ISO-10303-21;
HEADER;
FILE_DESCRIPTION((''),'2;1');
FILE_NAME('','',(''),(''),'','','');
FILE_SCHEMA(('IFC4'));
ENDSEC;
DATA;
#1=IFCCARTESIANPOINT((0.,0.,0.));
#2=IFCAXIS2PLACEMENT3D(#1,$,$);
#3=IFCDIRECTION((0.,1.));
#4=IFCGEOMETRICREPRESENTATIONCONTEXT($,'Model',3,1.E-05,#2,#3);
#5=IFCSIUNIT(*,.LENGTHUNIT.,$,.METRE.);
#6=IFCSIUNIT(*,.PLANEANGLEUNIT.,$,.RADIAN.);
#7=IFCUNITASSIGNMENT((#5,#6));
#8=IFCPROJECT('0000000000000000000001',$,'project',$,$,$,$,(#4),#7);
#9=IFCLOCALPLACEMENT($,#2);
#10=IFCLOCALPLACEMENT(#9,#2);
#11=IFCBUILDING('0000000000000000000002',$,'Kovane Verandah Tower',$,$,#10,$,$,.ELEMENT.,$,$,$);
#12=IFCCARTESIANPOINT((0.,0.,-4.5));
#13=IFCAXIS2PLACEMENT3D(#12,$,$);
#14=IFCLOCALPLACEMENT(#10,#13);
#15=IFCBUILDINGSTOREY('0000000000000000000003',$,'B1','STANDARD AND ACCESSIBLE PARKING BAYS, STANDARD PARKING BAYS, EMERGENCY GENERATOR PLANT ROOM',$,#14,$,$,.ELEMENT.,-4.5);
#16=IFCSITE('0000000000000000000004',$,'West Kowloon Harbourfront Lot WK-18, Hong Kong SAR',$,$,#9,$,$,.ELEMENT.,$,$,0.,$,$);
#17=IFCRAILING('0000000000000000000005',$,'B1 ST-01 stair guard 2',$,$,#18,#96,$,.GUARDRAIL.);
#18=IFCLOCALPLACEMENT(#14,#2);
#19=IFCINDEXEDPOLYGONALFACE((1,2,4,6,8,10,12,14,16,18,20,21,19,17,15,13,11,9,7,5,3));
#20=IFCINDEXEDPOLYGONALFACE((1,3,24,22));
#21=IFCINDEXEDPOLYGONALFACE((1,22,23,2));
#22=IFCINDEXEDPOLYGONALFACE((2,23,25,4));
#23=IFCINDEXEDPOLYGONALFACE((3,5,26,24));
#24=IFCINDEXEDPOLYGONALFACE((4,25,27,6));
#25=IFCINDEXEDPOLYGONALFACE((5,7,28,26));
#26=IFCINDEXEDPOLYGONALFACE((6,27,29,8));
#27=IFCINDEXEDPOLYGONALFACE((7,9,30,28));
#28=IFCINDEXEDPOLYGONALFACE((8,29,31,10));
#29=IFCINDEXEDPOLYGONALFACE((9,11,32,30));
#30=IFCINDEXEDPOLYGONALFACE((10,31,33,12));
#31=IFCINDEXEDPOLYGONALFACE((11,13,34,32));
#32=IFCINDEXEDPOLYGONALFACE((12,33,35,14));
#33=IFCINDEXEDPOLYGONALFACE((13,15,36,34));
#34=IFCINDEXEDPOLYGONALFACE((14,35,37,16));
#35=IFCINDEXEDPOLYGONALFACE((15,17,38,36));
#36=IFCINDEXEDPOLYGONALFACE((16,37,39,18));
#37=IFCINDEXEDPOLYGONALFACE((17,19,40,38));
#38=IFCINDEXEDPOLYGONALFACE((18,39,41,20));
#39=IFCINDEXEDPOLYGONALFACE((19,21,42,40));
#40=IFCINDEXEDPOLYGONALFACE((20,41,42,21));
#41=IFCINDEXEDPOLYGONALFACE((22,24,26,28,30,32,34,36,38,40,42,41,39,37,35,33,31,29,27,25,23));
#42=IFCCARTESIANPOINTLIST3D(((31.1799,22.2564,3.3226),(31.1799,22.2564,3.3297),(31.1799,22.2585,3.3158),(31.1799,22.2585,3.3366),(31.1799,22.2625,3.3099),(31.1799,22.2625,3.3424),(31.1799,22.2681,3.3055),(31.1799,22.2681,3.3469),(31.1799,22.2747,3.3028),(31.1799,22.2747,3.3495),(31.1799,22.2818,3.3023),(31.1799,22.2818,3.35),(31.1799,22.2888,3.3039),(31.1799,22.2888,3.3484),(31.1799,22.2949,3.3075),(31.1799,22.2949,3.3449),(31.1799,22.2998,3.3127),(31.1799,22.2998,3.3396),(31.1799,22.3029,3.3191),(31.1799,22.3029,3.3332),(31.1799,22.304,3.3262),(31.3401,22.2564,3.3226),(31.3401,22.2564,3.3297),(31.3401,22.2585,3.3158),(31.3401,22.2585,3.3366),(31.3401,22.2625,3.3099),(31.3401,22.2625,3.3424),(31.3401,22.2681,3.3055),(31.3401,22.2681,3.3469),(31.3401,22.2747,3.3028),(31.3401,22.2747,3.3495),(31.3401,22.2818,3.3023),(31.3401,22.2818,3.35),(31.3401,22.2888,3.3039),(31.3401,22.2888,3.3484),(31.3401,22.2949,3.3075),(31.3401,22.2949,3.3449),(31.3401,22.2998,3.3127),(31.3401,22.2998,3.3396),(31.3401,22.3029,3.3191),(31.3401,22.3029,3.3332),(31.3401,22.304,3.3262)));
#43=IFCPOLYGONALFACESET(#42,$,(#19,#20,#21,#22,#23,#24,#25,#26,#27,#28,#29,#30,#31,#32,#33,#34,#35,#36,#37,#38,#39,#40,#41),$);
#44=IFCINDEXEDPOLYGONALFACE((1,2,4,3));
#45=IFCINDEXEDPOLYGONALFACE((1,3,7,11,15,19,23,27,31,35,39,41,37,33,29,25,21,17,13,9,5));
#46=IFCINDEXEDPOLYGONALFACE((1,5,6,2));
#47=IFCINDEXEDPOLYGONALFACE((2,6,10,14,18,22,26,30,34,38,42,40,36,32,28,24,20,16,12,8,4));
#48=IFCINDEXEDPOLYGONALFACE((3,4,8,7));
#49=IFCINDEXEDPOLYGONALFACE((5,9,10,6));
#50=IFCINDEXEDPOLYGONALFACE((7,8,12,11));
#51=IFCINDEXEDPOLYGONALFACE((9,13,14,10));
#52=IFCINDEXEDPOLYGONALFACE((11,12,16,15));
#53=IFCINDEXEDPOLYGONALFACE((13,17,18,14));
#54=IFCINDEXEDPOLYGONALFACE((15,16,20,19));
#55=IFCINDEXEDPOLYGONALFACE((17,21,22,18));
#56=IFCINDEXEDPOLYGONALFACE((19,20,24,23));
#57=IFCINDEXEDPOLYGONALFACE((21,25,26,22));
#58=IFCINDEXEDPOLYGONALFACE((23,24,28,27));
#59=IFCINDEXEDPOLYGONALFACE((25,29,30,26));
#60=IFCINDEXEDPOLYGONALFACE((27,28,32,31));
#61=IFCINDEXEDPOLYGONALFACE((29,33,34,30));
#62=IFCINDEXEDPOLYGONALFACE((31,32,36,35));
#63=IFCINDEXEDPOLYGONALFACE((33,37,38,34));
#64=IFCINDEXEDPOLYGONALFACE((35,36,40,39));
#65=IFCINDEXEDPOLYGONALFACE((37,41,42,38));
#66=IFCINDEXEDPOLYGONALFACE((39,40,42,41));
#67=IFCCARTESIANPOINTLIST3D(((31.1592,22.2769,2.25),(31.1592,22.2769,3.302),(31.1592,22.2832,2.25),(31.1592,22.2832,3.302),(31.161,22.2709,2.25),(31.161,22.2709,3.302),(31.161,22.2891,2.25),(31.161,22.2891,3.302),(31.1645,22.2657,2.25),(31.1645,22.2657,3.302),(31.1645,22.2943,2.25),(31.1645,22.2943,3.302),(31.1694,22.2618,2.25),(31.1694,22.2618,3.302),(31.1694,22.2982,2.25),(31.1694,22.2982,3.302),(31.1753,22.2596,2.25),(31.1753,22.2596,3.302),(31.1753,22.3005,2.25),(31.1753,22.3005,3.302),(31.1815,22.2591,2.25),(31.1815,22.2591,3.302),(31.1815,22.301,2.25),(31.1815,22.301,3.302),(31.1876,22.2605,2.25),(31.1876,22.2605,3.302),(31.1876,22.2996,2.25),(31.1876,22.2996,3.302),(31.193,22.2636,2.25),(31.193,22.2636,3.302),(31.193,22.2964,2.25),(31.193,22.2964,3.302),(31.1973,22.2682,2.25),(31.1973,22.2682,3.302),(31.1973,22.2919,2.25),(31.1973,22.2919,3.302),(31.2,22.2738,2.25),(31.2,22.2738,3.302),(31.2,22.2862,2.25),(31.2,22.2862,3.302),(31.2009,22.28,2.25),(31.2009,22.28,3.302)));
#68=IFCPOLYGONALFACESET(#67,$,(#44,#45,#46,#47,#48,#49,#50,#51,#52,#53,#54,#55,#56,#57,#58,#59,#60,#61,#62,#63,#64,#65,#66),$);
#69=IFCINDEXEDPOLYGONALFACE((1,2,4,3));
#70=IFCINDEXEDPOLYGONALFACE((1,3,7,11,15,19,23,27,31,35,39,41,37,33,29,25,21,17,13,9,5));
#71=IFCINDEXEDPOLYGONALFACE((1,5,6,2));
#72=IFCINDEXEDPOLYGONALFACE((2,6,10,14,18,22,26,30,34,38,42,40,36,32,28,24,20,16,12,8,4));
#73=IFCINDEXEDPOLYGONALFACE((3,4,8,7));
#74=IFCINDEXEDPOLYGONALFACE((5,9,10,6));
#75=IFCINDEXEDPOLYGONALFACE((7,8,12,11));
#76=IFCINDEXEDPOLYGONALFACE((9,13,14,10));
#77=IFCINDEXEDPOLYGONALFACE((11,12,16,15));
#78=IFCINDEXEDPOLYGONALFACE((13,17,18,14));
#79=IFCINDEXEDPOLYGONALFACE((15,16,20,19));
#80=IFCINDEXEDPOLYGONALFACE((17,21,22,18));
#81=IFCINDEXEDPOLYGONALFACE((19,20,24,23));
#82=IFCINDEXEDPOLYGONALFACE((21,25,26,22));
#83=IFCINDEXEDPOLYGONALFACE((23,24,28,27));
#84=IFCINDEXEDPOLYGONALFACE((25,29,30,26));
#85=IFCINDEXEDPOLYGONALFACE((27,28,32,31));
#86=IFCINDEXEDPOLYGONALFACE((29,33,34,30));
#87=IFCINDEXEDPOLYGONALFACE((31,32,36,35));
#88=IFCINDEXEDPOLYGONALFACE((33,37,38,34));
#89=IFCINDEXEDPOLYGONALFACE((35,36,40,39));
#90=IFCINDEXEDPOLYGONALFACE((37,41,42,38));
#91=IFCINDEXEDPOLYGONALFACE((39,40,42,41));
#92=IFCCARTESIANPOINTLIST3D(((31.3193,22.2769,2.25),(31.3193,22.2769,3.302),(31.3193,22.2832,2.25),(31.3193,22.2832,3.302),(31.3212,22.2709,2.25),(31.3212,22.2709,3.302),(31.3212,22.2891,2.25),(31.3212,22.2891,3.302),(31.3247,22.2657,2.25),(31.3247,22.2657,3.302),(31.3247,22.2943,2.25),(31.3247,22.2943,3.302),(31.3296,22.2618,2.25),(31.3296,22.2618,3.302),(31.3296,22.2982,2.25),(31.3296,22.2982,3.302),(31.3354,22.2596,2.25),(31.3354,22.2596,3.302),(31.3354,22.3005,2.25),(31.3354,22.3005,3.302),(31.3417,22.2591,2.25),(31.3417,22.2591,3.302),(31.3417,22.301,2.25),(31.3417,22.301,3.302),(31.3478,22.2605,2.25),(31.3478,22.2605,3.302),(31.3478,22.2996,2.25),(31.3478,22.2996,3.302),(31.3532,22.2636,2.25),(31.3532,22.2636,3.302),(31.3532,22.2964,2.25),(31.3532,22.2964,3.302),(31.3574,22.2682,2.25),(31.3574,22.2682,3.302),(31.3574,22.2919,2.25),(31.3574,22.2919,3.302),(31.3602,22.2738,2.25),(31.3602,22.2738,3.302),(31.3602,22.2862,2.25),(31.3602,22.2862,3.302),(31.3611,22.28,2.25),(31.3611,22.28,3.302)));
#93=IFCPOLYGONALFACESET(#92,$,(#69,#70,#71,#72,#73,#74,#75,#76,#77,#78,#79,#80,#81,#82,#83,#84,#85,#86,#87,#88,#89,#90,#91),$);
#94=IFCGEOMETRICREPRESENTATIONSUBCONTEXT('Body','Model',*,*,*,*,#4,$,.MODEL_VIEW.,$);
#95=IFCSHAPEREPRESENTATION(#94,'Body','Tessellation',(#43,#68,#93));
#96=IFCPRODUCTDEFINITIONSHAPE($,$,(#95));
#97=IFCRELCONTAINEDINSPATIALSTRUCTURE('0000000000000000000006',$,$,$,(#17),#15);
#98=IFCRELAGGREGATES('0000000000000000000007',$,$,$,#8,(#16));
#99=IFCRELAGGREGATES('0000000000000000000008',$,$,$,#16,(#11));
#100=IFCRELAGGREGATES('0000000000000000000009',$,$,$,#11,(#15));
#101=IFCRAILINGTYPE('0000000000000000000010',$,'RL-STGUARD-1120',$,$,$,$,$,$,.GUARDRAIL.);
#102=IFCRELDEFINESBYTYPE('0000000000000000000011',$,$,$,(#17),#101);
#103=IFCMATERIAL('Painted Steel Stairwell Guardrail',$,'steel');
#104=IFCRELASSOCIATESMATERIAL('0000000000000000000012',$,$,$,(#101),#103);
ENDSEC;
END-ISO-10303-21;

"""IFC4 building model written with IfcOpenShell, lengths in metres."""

from ifc_helpers import new_model, si_unit, direction, frame, origin, origin_2d, place, context, subcontext, project, spatial, circle, extrude, material, type_object, element, save


model = new_model("IFC4")

# Units and contexts
model_context = context("Model", 3, precision=1e-05, world=origin(), true_north=direction((0.0, 1.0)))
body_context = subcontext(model_context, "Body", "Model", "MODEL_VIEW")
ifc_project = project(units=[si_unit("LENGTHUNIT", "METRE"), si_unit("PLANEANGLEUNIT", "RADIAN")], contexts=[model_context])

# Site, building, storey
site_placement = place(None, origin())
site = spatial("IfcSite", under=ifc_project, at=site_placement, Name="West Kowloon Harbourfront Lot WK-18, Hong Kong SAR", CompositionType="ELEMENT", RefElevation=0.0)
building_placement = place(site_placement, origin())
building = spatial("IfcBuilding", under=site, at=building_placement, Name="Kovane Verandah Tower", CompositionType="ELEMENT")
storey_placement = place(building_placement, frame((0.0, 0.0, -4.5)))
storey = spatial("IfcBuildingStorey", under=building, at=storey_placement, Name="B1", Description="STANDARD AND ACCESSIBLE PARKING BAYS, STANDARD PARKING BAYS, EMERGENCY GENERATOR PLANT ROOM", CompositionType="ELEMENT", Elevation=-4.5)

# Railing
ifc_material_1 = material(Name="Painted Steel Stairwell Guardrail", Category="steel")
railing_type_1 = type_object("IfcRailingType", Name="RL-STGUARD-1120", PredefinedType="GUARDRAIL", material=ifc_material_1)
railing_1_placement = place(storey_placement, frame((31.1799, 22.28, 2.25)))
element("IfcRailing", 1, at=railing_1_placement, inside=storey, type_object=railing_type_1, Name="B1 ST-01 stair guard 2", PredefinedType="GUARDRAIL", context=body_context, shape_type="SweptSolid", body=[
    extrude(circle(Radius=0.0239, at=origin_2d()), frame((0.0, 0.0, 1.0762), z_axis=(1.0, 0.0, 0.0), x_axis=(0.0, 1.0, 0.0)), (0.0, 0.0, 1.0), 0.1602),
    extrude(circle(Radius=0.021, at=origin_2d()), origin(), (0.0, 0.0, 1.0), 1.052),
    extrude(circle(Radius=0.021, at=origin_2d()), frame((0.1602, 0.0, 0.0)), (0.0, 0.0, 1.0), 1.052),
])

save(model, "model.ifc")
